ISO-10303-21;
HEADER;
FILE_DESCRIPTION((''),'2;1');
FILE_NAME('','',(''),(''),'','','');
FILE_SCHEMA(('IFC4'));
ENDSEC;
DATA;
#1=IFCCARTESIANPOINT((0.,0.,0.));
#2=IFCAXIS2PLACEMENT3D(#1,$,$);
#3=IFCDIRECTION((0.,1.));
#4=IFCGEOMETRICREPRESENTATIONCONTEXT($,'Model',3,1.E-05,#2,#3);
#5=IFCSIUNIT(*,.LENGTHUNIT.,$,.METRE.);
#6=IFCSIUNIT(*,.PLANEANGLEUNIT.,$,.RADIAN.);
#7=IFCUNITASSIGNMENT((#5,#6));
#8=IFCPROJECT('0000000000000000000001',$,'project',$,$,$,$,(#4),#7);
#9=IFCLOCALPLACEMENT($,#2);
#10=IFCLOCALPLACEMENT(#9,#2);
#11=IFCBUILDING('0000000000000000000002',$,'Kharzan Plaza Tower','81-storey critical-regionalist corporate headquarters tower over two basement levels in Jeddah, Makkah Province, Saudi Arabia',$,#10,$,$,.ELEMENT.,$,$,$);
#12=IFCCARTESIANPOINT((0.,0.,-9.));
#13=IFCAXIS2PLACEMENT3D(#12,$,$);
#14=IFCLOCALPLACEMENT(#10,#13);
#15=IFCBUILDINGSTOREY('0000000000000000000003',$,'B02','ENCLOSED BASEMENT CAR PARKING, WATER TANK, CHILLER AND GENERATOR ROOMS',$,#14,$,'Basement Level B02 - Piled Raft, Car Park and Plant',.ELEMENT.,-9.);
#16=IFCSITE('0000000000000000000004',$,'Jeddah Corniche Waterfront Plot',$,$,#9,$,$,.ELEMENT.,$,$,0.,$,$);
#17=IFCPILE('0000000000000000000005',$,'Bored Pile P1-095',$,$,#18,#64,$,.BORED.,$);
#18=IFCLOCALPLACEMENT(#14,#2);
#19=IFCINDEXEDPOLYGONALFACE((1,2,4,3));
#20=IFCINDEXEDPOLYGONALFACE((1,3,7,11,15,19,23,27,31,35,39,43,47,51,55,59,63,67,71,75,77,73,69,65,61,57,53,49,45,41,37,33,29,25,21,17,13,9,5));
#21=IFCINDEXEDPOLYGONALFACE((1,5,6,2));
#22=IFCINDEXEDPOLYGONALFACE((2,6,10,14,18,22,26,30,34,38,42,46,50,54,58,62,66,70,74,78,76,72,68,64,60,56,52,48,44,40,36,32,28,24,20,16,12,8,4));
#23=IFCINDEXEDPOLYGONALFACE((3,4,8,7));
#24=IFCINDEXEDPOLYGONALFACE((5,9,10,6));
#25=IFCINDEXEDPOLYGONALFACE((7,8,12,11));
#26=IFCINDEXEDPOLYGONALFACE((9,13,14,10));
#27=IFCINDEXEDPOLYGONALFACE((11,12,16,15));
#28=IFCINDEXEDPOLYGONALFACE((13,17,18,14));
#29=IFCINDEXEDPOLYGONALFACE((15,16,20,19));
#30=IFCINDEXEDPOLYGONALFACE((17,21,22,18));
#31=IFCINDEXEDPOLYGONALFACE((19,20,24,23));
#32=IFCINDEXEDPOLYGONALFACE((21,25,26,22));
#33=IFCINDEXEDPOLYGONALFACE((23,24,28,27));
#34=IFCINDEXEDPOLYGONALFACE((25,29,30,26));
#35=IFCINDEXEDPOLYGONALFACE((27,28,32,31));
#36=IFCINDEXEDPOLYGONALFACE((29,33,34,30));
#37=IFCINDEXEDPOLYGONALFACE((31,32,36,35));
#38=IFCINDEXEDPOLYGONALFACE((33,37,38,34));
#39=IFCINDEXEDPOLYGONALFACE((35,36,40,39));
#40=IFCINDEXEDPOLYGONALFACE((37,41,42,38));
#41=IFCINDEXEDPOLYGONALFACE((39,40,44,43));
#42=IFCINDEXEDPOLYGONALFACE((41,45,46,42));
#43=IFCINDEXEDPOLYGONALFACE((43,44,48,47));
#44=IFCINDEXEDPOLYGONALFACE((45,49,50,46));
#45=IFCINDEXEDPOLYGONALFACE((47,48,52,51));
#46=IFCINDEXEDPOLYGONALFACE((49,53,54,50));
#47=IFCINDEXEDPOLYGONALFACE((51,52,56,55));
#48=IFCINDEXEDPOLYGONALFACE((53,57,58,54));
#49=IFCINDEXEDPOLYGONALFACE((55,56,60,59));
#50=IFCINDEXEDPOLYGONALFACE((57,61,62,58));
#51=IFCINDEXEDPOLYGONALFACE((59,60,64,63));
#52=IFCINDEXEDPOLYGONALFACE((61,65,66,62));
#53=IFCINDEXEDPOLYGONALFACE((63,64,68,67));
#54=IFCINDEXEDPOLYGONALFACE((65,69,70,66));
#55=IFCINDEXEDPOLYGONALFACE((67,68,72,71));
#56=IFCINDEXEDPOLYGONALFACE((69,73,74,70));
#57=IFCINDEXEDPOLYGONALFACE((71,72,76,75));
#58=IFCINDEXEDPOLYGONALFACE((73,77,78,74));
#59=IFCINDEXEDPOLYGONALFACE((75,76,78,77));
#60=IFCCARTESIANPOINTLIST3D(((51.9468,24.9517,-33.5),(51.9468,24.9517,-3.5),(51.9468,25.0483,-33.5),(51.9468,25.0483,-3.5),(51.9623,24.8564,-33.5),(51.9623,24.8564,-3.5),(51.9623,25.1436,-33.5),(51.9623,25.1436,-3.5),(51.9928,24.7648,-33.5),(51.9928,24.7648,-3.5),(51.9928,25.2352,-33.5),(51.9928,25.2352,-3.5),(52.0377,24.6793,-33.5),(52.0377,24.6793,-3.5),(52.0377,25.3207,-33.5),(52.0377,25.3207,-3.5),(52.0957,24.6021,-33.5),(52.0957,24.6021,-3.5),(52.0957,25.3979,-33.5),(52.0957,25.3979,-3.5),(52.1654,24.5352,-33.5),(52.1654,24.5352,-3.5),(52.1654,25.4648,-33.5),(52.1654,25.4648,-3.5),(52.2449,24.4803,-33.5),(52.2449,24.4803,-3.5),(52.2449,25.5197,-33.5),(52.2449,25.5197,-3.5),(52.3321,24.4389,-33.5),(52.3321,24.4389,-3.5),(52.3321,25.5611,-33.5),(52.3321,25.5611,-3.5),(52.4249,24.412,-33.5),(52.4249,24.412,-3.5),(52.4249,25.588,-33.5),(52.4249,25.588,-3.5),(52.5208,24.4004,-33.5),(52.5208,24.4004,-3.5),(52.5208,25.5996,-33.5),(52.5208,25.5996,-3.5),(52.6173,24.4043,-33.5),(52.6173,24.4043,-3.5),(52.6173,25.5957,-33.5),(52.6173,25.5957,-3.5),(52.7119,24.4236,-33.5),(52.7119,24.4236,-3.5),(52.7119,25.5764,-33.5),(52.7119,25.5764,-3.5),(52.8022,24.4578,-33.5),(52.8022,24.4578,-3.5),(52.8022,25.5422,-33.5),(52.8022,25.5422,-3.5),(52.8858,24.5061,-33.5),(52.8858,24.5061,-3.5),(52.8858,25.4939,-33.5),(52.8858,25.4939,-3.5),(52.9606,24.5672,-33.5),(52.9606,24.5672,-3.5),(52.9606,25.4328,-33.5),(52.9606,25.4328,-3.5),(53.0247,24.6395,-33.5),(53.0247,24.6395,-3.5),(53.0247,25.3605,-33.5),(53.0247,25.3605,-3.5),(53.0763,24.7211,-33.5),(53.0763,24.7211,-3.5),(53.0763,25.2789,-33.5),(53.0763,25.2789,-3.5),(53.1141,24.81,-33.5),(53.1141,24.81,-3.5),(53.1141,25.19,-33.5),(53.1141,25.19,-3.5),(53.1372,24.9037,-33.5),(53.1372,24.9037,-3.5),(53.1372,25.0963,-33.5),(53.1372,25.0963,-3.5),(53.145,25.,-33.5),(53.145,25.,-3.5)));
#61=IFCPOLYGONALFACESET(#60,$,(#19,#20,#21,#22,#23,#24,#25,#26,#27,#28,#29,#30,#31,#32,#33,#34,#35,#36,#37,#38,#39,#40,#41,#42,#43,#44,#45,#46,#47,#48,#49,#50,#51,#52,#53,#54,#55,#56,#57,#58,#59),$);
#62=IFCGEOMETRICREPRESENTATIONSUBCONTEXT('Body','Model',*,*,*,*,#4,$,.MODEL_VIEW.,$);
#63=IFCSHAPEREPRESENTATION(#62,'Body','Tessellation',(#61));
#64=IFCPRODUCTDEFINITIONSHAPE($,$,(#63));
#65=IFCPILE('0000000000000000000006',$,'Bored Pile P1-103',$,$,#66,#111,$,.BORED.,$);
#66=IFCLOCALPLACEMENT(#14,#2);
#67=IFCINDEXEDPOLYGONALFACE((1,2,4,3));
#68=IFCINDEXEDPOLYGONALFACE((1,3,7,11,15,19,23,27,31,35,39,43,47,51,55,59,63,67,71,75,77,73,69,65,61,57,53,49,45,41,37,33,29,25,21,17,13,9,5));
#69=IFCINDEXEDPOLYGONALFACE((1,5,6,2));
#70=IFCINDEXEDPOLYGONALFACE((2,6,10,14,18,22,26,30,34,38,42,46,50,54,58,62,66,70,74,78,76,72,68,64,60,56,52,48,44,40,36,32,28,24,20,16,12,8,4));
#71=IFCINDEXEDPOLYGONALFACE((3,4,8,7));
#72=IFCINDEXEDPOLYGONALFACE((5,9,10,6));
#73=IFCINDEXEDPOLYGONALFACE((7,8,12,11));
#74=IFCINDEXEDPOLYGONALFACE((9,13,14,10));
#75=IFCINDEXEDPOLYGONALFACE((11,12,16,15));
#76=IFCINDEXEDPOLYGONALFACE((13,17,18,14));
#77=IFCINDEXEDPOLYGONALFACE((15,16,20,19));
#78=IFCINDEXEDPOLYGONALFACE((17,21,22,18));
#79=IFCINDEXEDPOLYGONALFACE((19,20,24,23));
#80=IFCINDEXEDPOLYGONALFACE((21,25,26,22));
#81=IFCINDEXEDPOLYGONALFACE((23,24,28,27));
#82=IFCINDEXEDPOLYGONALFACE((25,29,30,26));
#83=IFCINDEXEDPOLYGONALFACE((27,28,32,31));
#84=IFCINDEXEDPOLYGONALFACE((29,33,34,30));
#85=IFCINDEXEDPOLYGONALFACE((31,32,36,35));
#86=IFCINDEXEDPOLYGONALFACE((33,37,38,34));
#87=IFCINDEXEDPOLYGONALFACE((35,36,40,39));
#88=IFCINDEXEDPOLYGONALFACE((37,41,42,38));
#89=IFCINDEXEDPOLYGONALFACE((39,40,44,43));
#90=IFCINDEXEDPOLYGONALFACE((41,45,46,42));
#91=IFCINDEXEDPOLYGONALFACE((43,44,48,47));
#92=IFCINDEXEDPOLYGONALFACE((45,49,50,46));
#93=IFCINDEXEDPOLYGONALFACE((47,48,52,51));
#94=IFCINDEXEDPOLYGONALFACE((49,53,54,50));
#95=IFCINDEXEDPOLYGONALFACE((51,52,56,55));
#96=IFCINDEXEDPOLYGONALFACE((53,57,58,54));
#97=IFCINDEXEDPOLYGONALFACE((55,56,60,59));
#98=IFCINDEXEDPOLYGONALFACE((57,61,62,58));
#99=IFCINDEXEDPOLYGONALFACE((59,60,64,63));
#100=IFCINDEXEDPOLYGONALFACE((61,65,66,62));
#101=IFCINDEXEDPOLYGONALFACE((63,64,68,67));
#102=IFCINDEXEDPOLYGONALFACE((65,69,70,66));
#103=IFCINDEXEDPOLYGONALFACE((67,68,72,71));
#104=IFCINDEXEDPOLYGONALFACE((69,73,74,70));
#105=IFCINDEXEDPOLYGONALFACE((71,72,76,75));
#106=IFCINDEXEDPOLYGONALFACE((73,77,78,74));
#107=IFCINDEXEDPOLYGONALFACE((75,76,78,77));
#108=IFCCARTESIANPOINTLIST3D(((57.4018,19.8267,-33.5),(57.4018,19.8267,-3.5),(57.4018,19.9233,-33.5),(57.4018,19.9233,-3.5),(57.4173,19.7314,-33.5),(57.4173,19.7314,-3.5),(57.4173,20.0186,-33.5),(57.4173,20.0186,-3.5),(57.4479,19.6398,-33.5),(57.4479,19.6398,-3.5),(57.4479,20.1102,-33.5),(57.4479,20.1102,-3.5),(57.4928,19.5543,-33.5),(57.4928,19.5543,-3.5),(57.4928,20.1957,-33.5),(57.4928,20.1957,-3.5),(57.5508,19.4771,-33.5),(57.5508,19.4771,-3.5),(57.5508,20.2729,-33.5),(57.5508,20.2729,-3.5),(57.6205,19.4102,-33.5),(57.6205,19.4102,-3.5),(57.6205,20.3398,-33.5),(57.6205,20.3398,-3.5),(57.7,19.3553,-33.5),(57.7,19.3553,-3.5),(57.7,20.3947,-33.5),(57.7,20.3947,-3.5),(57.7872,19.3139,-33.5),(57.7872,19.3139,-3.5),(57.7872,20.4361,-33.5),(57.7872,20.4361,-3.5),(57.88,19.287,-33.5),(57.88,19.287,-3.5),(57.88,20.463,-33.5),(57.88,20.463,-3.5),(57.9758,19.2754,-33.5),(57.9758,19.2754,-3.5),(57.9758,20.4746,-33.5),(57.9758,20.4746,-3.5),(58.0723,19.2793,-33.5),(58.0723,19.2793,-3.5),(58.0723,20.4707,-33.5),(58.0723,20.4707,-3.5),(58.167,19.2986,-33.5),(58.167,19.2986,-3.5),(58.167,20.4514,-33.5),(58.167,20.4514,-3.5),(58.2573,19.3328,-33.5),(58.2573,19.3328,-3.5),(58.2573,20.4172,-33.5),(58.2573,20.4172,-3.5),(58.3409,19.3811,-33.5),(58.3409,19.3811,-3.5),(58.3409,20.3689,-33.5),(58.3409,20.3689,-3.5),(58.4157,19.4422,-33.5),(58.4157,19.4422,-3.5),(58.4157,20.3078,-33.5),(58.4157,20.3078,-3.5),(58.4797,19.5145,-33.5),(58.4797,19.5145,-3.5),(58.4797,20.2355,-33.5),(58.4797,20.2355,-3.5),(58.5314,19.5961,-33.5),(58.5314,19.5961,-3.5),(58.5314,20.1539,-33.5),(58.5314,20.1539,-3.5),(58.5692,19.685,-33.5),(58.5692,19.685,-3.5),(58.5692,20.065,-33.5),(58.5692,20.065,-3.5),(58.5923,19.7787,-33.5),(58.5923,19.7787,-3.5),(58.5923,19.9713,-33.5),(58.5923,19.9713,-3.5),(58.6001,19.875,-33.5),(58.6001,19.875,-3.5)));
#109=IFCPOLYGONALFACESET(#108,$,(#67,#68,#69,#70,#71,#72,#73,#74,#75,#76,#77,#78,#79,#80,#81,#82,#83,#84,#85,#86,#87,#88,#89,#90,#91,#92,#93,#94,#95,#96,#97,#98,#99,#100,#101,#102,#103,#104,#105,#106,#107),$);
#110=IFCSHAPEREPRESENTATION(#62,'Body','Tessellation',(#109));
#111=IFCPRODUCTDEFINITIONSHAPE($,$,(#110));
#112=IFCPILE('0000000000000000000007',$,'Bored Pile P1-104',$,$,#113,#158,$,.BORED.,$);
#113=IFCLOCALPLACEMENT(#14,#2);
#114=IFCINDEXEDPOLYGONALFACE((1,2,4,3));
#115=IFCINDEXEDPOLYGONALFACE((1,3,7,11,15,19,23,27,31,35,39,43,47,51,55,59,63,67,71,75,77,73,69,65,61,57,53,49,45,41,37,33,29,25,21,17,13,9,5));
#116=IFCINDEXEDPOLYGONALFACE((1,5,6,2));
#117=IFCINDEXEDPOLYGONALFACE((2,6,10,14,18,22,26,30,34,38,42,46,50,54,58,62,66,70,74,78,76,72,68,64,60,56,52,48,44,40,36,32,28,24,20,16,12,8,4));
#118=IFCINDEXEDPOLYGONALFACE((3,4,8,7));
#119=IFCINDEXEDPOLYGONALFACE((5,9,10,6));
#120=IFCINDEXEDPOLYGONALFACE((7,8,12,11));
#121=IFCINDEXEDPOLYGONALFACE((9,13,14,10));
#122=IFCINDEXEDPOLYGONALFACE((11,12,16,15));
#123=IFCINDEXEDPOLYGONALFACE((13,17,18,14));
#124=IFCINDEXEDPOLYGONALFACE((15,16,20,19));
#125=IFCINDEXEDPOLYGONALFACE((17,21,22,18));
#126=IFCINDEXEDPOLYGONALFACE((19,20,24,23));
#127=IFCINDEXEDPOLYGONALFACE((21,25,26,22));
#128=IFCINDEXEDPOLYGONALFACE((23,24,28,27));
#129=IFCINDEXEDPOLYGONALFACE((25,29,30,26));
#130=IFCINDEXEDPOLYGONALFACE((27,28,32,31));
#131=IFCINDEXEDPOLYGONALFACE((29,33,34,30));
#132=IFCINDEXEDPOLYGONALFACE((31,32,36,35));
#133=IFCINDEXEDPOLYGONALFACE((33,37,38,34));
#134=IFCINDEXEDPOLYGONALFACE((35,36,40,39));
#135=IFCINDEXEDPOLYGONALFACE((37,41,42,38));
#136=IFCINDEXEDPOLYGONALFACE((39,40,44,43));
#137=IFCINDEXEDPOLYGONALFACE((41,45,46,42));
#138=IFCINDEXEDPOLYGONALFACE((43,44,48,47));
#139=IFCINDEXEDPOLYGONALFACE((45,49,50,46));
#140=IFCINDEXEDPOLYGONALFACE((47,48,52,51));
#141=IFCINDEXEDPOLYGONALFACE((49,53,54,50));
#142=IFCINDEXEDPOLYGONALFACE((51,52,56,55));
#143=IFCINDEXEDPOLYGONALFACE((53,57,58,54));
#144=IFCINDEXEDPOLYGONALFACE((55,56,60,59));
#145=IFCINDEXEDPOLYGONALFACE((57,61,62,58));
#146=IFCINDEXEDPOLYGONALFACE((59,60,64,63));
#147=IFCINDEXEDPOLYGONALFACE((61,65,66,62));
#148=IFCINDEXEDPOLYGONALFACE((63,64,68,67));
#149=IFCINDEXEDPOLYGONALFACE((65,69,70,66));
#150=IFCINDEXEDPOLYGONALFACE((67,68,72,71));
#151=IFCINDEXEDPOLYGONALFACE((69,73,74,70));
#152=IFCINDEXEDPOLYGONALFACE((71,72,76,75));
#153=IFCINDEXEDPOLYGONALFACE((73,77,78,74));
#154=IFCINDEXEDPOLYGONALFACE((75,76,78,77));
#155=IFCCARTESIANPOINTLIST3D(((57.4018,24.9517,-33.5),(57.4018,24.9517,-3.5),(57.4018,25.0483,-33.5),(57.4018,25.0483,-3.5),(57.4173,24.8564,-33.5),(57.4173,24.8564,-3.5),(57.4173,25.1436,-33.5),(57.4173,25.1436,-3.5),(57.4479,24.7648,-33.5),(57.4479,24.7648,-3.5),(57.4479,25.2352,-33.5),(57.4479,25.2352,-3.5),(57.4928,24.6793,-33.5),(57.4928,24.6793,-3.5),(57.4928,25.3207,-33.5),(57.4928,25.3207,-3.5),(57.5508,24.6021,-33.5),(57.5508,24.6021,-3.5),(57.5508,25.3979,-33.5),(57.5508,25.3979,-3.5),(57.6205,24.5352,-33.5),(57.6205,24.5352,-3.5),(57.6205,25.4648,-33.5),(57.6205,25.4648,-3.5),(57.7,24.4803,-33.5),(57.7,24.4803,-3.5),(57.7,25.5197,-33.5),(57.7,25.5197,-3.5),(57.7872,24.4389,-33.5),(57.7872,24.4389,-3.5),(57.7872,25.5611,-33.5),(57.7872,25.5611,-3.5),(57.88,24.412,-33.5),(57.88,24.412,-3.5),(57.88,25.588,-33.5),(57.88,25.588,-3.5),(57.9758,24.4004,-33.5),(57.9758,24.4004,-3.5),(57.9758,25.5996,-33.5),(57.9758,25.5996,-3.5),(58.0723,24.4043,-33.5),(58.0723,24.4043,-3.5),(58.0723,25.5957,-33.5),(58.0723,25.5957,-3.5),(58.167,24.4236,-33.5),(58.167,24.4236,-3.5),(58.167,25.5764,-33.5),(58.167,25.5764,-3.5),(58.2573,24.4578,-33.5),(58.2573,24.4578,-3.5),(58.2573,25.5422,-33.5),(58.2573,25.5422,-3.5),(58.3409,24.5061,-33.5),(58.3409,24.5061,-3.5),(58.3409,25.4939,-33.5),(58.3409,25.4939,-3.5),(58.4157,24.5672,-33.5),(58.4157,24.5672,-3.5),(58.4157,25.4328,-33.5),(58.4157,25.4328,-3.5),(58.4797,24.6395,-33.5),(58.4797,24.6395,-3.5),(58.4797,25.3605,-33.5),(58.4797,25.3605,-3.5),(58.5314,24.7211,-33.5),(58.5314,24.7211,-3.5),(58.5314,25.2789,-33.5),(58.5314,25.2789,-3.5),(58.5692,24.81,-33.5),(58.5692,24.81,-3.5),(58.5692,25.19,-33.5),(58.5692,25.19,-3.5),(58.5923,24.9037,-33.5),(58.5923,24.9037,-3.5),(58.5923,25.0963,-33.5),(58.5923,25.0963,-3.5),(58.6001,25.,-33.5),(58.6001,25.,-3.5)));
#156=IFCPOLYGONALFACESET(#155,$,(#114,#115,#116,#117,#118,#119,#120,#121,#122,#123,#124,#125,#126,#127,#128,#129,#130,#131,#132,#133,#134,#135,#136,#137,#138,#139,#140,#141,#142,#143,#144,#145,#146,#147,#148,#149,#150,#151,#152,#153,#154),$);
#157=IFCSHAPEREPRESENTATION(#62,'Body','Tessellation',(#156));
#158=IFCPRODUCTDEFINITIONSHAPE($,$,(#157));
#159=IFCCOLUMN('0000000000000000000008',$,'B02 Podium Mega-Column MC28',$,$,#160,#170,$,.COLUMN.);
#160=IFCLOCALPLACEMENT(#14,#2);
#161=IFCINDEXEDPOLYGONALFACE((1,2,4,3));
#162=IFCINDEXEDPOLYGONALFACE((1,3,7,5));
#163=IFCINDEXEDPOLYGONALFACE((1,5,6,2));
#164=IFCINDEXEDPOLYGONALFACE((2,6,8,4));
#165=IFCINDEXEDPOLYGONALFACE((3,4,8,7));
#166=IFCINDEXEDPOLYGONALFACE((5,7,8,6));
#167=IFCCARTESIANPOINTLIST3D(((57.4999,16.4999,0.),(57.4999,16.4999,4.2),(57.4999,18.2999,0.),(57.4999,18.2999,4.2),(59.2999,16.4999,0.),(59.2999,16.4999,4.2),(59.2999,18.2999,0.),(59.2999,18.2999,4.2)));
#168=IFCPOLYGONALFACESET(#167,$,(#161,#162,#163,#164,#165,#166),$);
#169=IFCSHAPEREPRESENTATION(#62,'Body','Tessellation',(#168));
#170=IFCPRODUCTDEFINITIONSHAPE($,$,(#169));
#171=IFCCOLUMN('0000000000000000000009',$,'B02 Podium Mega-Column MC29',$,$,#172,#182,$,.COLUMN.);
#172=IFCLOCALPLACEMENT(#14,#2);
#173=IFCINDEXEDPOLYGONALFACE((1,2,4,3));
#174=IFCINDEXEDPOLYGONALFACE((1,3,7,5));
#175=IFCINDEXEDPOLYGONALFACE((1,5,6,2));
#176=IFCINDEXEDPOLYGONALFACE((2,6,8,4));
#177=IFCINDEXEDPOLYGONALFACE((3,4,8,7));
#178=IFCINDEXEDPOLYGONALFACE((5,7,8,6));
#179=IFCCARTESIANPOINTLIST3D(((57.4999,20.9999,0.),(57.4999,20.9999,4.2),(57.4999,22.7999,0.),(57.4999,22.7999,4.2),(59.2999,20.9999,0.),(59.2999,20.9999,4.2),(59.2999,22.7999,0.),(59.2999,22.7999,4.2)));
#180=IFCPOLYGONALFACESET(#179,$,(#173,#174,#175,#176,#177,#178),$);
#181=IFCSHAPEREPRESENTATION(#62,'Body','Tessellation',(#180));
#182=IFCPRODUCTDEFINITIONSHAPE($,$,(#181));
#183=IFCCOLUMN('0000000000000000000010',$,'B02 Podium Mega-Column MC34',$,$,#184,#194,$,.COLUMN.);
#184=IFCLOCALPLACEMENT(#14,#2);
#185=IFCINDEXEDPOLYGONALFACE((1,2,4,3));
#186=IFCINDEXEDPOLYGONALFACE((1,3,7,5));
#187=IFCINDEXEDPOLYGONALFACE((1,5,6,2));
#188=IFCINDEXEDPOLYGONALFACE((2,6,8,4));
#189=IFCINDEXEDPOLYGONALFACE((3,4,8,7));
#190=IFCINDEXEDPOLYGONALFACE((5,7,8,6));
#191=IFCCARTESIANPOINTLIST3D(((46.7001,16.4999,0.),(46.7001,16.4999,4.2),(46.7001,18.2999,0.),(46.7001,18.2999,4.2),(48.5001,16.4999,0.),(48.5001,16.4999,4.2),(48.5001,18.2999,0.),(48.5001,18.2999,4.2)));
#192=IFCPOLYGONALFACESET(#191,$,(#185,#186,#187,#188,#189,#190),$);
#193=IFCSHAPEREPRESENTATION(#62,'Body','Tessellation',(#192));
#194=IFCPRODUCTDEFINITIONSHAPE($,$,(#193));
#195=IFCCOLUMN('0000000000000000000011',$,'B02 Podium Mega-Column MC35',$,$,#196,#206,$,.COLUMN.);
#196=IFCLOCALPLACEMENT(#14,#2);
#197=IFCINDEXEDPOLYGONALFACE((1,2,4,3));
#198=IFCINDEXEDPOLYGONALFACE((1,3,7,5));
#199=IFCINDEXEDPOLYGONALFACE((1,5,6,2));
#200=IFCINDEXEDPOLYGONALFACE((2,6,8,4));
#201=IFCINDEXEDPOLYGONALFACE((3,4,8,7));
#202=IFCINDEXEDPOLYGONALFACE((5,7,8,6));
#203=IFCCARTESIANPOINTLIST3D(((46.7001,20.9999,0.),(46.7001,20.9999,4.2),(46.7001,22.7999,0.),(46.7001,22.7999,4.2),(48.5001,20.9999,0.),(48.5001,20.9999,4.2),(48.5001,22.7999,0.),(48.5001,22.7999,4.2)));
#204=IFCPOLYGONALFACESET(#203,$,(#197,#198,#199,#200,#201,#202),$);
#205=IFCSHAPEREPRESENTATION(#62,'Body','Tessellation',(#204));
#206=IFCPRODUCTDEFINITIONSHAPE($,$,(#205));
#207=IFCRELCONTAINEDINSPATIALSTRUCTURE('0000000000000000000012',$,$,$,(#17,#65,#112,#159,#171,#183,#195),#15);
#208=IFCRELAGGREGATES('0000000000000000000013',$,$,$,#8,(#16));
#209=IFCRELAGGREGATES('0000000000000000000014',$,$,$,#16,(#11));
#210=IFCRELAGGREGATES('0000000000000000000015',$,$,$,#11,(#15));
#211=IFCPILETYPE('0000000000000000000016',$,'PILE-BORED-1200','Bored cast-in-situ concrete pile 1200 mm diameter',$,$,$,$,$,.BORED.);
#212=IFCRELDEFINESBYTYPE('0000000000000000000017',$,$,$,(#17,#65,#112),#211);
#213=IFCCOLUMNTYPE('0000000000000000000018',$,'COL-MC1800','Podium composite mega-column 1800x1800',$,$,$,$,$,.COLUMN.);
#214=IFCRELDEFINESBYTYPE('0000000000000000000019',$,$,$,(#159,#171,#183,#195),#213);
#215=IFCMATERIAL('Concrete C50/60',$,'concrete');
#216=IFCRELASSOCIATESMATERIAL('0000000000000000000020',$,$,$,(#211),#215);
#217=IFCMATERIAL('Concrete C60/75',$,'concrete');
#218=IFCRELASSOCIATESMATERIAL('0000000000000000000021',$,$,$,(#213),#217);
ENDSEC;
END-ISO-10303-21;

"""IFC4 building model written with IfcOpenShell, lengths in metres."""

from ifc_helpers import new_model, si_unit, direction, frame, origin, origin_2d, place, context, subcontext, project, spatial, rectangle, circle, extrude, source, transform, mapped, material, material_profile, profile_set, type_object, element, save


model = new_model("IFC4")

# Units and contexts
model_context = context("Model", 3, precision=1e-05, world=origin(), true_north=direction((0.0, 1.0)))
body_context = subcontext(model_context, "Body", "Model", "MODEL_VIEW")
ifc_project = project(units=[si_unit("LENGTHUNIT", "METRE"), si_unit("PLANEANGLEUNIT", "RADIAN")], contexts=[model_context])

# Site, building, storey
site_placement = place(None, origin())
site = spatial("IfcSite", under=ifc_project, at=site_placement, Name="Jeddah Corniche Waterfront Plot", CompositionType="ELEMENT", RefElevation=0.0)
building_placement = place(site_placement, origin())
building = spatial("IfcBuilding", under=site, at=building_placement, Name="Kharzan Plaza Tower", Description="81-storey critical-regionalist corporate headquarters tower over two basement levels in Jeddah, Makkah Province, Saudi Arabia", CompositionType="ELEMENT")
storey_placement = place(building_placement, frame((0.0, 0.0, -9.0)))
storey = spatial("IfcBuildingStorey", under=building, at=storey_placement, Name="B02", Description="ENCLOSED BASEMENT CAR PARKING, WATER TANK, CHILLER AND GENERATOR ROOMS", LongName="Basement Level B02 - Piled Raft, Car Park and Plant", CompositionType="ELEMENT", Elevation=-9.0)

# Piles
ifc_material_1 = material(Name="Concrete C50/60", Category="concrete")
ifc_material_profile_1 = material_profile(ifc_material_1, circle(Radius=0.6001, at=origin_2d()), Name="PILE-D1200")
ifc_profile_set_1 = profile_set([ifc_material_profile_1], Name="Concrete C50/60")
pile_type = type_object("IfcPileType", Name="PILE-BORED-1200", Description="Bored cast-in-situ concrete pile 1200 mm diameter", PredefinedType="BORED", material=ifc_profile_set_1)
shared_shape_1 = source(origin(), body_context, "Body", "SweptSolid", [
    extrude(circle(Radius=0.6001, at=origin_2d()), origin(), (0.0, 0.0, 1.0), 30.0),
])
for number, where, z_axis, x_axis, name in (
    (1, (52.5449, 25.0, -3.5), (0.0, 0.0, -1.0), (1.0, 0.0, 0.0), "Bored Pile P1-095"),
    (2, (58.0, 19.875, -3.5), (0.0, 0.0, -1.0), (1.0, 0.0, 0.0), "Bored Pile P1-103"),
    (3, (58.0, 25.0, -3.5), (0.0, 0.0, -1.0), (1.0, 0.0, 0.0), "Bored Pile P1-104"),
):
    element("IfcPile", number, at=place(storey_placement, frame(where, z_axis=z_axis, x_axis=x_axis)), inside=storey, type_object=pile_type, Name=name, PredefinedType="BORED", context=body_context, shape_type="MappedRepresentation", body=[
        mapped(shared_shape_1, transform((0.0, 0.0, 0.0), x_axis=(1.0, 0.0, 0.0), y_axis=(0.0, 1.0, 0.0), z_axis=(0.0, 0.0, 1.0))),
    ])

# Columns
ifc_material_2 = material(Name="Concrete C60/75", Category="concrete")
ifc_material_profile_2 = material_profile(ifc_material_2, rectangle(XDim=1.8, YDim=1.8, at=origin_2d()), Name="RC-MC1800x1800")
ifc_profile_set_2 = profile_set([ifc_material_profile_2], Name="Concrete C60/75")
column_type = type_object("IfcColumnType", Name="COL-MC1800", Description="Podium composite mega-column 1800x1800", PredefinedType="COLUMN", material=ifc_profile_set_2)
shared_shape_2 = source(origin(), body_context, "Body", "SweptSolid", [
    extrude(rectangle(XDim=1.8, YDim=1.8, at=origin_2d()), origin(), (0.0, 0.0, 1.0), 4.2),
])
for number, where, z_axis, x_axis, name in (
    (4, (58.3999, 17.3999, 0.0), (0.0, 0.0, 1.0), (1.0, 0.0, 0.0), "B02 Podium Mega-Column MC28"),
    (5, (58.3999, 21.8999, 0.0), (0.0, 0.0, 1.0), (1.0, 0.0, 0.0), "B02 Podium Mega-Column MC29"),
    (6, (47.6001, 17.3999, 0.0), (0.0, 0.0, 1.0), (1.0, 0.0, 0.0), "B02 Podium Mega-Column MC34"),
    (7, (47.6001, 21.8999, 0.0), (0.0, 0.0, 1.0), (1.0, 0.0, 0.0), "B02 Podium Mega-Column MC35"),
):
    element("IfcColumn", number, at=place(storey_placement, frame(where, z_axis=z_axis, x_axis=x_axis)), inside=storey, type_object=column_type, Name=name, PredefinedType="COLUMN", context=body_context, shape_type="MappedRepresentation", body=[
        mapped(shared_shape_2, transform((0.0, 0.0, 0.0), x_axis=(1.0, 0.0, 0.0), y_axis=(0.0, 1.0, 0.0), z_axis=(0.0, 0.0, 1.0))),
    ])

save(model, "model.ifc")
